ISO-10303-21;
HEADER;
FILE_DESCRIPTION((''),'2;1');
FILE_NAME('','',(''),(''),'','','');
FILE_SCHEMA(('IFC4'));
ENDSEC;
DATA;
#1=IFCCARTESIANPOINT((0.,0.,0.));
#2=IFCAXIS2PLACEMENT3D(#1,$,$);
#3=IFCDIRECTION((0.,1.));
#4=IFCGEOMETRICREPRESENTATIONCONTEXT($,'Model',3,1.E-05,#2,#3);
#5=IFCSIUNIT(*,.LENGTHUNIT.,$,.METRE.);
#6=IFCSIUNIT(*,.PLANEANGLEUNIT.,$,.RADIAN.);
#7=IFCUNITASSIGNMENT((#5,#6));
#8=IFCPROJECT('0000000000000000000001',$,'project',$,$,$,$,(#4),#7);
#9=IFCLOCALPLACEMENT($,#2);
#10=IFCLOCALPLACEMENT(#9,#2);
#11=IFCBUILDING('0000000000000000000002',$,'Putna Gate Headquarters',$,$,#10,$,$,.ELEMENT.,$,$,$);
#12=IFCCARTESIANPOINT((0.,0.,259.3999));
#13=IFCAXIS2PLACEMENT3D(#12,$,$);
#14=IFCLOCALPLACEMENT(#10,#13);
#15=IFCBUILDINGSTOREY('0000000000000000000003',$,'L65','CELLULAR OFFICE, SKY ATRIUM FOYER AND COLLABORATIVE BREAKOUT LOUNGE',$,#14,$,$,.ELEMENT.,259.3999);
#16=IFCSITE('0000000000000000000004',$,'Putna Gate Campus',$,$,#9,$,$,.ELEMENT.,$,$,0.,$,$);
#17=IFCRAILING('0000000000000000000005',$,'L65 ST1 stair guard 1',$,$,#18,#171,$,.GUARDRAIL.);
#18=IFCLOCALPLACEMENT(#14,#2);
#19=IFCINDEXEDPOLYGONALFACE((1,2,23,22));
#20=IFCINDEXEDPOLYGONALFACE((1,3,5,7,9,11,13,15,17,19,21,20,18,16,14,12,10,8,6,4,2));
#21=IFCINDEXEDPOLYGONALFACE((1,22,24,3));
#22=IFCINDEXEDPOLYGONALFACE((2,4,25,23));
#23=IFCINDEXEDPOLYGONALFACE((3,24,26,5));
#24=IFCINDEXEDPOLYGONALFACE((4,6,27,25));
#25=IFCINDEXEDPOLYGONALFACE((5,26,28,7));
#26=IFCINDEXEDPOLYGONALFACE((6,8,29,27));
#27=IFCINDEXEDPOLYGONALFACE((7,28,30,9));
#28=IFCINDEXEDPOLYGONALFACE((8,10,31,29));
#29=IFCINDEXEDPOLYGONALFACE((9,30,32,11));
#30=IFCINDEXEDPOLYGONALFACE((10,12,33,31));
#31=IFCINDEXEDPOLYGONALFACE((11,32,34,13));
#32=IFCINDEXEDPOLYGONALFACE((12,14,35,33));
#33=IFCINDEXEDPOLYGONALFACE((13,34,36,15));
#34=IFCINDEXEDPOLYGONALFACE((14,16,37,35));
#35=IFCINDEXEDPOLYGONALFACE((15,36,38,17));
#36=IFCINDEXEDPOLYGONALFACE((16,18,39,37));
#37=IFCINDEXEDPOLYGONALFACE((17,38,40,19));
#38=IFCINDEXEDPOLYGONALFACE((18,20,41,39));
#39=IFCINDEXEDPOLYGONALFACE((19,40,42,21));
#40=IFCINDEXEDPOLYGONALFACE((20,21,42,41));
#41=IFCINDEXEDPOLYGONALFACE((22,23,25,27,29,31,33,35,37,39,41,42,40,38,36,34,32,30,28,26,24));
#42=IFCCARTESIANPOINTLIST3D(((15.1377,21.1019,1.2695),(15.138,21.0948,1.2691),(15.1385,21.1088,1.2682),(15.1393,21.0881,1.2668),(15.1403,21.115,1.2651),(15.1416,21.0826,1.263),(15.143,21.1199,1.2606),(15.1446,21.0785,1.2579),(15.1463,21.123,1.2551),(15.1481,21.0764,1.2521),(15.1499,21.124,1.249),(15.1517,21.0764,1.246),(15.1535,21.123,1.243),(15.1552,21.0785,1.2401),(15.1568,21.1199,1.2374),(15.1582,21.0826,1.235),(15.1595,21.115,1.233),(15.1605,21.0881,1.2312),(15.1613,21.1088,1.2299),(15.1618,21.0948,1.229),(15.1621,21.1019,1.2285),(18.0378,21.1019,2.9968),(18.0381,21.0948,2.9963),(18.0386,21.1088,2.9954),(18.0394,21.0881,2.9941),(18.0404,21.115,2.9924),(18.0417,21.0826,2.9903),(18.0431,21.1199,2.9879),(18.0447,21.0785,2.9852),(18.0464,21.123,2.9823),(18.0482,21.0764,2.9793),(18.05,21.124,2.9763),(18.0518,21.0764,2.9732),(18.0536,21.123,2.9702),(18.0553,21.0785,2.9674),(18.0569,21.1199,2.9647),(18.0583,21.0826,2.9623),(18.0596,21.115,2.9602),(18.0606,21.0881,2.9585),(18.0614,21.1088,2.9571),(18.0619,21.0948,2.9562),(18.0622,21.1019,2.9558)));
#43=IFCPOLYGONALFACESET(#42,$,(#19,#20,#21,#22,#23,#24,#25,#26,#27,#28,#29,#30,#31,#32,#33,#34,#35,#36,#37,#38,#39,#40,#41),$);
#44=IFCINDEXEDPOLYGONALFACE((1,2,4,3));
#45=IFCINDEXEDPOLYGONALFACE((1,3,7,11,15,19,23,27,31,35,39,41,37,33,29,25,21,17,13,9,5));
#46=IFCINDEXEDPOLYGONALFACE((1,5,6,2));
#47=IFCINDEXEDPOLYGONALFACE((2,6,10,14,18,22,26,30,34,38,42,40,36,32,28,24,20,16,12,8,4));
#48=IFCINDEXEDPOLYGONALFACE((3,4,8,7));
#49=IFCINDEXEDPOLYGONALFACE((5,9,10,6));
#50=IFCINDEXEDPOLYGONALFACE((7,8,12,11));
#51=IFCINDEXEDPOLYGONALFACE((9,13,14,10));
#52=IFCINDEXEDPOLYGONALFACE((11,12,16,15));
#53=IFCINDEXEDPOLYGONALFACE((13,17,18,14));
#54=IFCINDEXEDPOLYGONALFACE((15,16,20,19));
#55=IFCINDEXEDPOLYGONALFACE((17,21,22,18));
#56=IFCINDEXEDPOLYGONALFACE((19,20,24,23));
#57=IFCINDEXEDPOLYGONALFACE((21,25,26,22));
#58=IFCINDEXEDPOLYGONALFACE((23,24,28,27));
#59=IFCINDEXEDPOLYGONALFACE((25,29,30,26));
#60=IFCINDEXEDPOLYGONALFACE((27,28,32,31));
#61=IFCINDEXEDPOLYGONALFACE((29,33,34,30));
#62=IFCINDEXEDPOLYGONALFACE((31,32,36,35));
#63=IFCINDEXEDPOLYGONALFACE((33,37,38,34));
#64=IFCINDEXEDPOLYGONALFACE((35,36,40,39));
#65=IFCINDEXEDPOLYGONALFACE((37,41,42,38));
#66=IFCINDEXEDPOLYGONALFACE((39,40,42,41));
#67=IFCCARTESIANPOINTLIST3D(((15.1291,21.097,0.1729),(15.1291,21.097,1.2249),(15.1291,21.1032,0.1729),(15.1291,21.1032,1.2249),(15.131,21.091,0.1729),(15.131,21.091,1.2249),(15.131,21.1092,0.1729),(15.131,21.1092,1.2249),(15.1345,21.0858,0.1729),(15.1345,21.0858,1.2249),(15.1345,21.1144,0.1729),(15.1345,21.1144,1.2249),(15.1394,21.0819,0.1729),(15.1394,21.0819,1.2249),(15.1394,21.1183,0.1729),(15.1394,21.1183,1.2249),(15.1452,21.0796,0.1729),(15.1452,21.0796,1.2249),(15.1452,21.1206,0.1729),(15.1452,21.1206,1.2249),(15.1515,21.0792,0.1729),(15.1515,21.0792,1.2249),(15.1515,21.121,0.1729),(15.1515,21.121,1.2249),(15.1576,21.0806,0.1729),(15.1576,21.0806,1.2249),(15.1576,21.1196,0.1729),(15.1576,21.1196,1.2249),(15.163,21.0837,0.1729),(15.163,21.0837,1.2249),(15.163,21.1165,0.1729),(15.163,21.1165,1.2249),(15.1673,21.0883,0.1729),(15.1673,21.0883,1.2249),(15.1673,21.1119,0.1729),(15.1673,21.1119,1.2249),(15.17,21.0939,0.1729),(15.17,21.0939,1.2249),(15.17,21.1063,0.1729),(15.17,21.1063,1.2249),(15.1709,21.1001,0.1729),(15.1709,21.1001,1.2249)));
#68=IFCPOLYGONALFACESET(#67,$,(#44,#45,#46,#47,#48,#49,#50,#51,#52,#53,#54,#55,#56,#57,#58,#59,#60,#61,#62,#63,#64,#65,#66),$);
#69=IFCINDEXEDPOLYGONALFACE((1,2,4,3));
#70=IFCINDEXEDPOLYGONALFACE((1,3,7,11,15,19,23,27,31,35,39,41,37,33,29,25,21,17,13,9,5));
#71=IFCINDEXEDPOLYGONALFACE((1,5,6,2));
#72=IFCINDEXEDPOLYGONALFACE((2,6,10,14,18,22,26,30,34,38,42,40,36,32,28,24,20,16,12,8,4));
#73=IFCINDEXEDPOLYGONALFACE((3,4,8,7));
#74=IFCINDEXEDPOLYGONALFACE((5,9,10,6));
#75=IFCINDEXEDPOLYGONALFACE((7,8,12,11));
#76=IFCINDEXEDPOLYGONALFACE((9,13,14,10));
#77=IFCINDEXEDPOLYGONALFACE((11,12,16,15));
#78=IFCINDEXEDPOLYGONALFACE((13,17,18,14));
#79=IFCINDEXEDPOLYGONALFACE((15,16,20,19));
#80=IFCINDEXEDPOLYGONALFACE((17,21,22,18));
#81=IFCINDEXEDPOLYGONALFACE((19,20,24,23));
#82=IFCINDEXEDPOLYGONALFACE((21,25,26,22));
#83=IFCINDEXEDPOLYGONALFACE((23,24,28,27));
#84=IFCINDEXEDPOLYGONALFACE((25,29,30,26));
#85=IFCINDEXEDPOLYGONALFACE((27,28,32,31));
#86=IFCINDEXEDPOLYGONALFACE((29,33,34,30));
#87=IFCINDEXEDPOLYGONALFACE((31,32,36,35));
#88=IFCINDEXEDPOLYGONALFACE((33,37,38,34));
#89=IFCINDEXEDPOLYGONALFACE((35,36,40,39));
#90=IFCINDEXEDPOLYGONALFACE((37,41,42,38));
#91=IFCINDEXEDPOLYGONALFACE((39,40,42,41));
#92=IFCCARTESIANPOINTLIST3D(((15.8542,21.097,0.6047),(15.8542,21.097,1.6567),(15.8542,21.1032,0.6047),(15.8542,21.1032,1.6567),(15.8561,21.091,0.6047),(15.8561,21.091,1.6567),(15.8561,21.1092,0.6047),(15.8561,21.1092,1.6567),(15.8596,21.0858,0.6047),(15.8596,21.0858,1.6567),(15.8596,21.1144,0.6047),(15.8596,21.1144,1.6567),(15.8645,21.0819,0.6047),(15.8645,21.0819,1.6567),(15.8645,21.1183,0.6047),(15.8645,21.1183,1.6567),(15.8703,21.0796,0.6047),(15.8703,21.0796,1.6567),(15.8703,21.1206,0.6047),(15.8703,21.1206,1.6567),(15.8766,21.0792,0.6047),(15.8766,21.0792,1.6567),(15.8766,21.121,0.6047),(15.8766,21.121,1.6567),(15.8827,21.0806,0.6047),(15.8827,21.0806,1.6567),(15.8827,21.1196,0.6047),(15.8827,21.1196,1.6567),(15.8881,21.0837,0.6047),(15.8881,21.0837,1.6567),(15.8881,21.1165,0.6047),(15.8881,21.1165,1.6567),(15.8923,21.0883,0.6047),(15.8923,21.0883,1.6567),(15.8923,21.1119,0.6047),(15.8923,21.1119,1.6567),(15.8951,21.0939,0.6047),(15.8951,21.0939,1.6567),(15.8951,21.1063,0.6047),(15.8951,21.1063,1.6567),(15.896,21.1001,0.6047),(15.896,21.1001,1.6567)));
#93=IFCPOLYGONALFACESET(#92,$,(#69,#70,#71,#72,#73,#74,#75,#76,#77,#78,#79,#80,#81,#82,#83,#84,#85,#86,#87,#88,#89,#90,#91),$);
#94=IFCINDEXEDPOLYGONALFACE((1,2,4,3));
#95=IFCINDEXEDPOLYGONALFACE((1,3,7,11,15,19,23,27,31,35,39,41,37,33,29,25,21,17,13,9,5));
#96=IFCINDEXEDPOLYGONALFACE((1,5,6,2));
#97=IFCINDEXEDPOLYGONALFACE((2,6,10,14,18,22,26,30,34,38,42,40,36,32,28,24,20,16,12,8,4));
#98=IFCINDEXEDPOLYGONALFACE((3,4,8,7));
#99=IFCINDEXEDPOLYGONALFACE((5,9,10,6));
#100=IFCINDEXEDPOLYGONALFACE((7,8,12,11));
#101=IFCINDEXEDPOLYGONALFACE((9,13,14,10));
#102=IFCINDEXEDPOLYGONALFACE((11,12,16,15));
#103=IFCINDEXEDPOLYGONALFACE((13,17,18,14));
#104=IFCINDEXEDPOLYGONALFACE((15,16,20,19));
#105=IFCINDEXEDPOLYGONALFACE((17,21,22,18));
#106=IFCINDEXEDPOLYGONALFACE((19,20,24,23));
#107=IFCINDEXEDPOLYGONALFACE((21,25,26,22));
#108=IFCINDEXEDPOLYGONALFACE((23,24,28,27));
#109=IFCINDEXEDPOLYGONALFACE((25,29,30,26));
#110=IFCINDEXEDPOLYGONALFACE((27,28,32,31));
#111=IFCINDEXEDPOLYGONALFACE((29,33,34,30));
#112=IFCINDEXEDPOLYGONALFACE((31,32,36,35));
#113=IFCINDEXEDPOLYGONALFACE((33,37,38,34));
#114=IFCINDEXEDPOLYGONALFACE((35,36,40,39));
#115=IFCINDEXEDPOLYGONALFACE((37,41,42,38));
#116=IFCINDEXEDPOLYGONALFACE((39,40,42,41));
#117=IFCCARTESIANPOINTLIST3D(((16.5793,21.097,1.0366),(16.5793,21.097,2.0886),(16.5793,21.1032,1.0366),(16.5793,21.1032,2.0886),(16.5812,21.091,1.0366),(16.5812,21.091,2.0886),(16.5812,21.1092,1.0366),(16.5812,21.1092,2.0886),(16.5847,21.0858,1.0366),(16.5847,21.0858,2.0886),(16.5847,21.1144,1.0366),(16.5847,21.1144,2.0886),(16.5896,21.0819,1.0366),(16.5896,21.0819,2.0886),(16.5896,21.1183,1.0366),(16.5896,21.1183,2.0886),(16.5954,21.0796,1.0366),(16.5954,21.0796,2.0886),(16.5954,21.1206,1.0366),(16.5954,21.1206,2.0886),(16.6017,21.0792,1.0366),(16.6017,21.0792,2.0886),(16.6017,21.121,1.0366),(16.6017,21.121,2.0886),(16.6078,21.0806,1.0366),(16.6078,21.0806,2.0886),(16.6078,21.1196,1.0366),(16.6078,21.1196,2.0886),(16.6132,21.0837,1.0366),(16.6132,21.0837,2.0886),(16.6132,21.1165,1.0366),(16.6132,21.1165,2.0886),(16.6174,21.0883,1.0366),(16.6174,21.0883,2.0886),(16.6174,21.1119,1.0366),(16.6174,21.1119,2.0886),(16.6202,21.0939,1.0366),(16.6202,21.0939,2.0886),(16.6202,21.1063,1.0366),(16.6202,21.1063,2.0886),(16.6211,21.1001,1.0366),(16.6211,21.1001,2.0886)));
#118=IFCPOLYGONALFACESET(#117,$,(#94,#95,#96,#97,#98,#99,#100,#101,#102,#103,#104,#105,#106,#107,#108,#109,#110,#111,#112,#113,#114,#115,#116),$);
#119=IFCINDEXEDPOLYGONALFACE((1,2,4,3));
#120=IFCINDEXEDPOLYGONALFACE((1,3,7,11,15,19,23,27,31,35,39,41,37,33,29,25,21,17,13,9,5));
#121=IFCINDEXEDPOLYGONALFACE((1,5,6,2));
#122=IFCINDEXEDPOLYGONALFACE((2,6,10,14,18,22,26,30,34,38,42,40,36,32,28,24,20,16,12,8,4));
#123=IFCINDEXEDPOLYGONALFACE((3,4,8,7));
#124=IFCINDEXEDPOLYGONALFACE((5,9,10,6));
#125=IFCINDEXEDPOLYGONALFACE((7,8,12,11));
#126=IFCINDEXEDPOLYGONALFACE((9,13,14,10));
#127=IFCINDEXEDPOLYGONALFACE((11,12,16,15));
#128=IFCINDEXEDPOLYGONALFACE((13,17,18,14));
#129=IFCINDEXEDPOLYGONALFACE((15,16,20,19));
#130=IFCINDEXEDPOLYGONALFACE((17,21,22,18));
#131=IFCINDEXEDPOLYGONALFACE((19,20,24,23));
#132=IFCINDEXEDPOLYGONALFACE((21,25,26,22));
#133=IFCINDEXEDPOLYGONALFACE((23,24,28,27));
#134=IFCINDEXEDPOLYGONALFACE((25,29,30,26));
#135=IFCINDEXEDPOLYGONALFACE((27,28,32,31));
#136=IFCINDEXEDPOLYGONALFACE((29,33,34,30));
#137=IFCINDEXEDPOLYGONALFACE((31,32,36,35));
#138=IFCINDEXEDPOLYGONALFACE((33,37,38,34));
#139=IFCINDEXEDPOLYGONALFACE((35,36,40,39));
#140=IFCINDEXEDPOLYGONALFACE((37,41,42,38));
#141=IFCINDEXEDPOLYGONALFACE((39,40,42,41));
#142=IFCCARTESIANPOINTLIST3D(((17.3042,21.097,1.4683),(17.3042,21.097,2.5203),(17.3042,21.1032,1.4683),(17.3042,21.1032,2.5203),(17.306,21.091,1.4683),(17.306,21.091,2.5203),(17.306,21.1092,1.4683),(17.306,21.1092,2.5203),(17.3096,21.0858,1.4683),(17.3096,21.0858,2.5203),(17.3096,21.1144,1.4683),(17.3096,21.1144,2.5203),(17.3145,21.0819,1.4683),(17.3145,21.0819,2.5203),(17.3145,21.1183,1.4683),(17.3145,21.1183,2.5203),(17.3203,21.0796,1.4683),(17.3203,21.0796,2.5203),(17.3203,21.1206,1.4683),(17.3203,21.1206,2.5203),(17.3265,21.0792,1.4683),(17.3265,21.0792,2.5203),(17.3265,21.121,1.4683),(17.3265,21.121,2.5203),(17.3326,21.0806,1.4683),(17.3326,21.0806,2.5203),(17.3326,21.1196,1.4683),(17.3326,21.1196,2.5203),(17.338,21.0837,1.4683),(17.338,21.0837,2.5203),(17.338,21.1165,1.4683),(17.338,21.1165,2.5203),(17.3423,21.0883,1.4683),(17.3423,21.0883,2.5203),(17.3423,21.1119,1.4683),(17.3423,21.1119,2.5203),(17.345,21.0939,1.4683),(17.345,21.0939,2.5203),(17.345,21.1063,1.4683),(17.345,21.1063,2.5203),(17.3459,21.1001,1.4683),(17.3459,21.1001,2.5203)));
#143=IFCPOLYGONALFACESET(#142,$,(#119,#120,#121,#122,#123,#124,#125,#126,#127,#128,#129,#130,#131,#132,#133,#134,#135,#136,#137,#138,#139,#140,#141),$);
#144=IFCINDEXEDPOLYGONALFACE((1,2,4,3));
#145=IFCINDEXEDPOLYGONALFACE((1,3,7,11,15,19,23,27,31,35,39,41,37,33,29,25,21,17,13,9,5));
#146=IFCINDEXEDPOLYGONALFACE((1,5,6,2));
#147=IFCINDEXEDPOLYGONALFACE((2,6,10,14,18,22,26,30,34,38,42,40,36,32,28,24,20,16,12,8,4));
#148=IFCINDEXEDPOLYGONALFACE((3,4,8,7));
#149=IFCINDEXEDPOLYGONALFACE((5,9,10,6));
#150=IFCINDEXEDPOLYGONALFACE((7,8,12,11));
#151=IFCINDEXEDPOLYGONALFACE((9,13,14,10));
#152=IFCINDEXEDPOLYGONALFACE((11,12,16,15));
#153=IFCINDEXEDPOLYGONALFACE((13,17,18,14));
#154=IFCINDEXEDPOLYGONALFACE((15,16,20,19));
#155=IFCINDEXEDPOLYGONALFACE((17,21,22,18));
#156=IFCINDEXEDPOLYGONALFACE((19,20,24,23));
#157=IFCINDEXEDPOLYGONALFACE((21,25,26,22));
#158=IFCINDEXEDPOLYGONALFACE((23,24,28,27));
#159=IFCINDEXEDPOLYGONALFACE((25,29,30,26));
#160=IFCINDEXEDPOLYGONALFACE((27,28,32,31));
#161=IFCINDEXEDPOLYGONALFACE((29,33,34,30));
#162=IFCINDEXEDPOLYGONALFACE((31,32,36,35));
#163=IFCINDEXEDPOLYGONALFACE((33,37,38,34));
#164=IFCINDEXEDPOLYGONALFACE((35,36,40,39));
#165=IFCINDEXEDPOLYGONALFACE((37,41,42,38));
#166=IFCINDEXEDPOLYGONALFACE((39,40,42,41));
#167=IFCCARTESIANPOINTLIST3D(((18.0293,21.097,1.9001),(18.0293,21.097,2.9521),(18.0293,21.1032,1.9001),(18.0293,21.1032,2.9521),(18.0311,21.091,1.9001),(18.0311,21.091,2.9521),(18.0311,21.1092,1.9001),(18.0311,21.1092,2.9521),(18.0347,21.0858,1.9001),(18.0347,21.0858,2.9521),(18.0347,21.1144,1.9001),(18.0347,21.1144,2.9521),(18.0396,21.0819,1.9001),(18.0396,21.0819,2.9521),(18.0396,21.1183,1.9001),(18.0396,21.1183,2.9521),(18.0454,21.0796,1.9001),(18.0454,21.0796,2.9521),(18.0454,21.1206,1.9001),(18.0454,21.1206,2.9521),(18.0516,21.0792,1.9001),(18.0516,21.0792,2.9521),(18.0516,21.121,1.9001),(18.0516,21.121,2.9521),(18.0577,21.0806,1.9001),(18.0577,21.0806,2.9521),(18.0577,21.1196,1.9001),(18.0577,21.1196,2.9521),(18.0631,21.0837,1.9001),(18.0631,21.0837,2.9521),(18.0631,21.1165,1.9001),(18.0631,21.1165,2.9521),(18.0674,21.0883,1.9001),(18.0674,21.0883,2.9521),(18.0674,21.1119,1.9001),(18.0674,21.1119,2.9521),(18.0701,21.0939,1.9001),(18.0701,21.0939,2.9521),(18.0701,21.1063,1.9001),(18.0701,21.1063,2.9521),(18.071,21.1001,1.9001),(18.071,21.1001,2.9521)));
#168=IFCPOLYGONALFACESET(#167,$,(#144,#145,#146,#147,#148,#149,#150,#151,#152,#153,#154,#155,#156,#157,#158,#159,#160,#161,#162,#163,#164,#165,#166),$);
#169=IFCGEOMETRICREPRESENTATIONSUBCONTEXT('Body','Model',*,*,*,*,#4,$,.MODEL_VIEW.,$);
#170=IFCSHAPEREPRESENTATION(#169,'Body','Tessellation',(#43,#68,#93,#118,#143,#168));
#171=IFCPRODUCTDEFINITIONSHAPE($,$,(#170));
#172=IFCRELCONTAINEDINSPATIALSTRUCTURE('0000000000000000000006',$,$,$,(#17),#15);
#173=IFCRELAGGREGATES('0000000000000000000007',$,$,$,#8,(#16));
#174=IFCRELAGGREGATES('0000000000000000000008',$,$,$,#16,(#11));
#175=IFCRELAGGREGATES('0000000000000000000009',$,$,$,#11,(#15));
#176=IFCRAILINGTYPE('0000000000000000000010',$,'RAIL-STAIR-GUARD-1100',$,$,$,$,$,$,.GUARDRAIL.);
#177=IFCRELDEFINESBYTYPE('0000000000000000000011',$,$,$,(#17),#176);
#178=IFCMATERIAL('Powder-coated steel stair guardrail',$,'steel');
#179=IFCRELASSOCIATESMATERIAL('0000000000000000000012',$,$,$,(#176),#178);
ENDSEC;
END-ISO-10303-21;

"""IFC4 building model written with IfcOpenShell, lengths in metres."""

from ifc_helpers import new_model, si_unit, direction, frame, origin, origin_2d, place, context, subcontext, project, spatial, circle, extrude, material, type_object, element, save


model = new_model("IFC4")

# Units and contexts
model_context = context("Model", 3, precision=1e-05, world=origin(), true_north=direction((0.0, 1.0)))
body_context = subcontext(model_context, "Body", "Model", "MODEL_VIEW")
ifc_project = project(units=[si_unit("LENGTHUNIT", "METRE"), si_unit("PLANEANGLEUNIT", "RADIAN")], contexts=[model_context])

# Site, building, storey
site_placement = place(None, origin())
site = spatial("IfcSite", under=ifc_project, at=site_placement, Name="Putna Gate Campus", CompositionType="ELEMENT", RefElevation=0.0)
building_placement = place(site_placement, origin())
building = spatial("IfcBuilding", under=site, at=building_placement, Name="Putna Gate Headquarters", CompositionType="ELEMENT")
storey_placement = place(building_placement, frame((0.0, 0.0, 259.3999)))
storey = spatial("IfcBuildingStorey", under=building, at=storey_placement, Name="L65", Description="CELLULAR OFFICE, SKY ATRIUM FOYER AND COLLABORATIVE BREAKOUT LOUNGE", CompositionType="ELEMENT", Elevation=259.3999)

# Railing
ifc_material_1 = material(Name="Powder-coated steel stair guardrail", Category="steel")
railing_type_1 = type_object("IfcRailingType", Name="RAIL-STAIR-GUARD-1100", PredefinedType="GUARDRAIL", material=ifc_material_1)
railing_1_placement = place(storey_placement, frame((15.1499, 21.1001, 0.1729)))
element("IfcRailing", 1, at=railing_1_placement, inside=storey, type_object=railing_type_1, Name="L65 ST1 stair guard 1", PredefinedType="GUARDRAIL", context=body_context, shape_type="SweptSolid", body=[
    extrude(circle(Radius=0.0239, at=origin_2d()), frame((0.0, 0.0, 1.0762), z_axis=(0.85916, 0.0, 0.511706), x_axis=(0.0, 1.0, 0.0)), (0.0, 0.0, 1.0), 3.3755),
    extrude(circle(Radius=0.021, at=origin_2d()), origin(), (0.0, 0.0, 1.0), 1.052),
    extrude(circle(Radius=0.021, at=origin_2d()), frame((0.7251, 0.0, 0.4319)), (0.0, 0.0, 1.0), 1.052),
    extrude(circle(Radius=0.021, at=origin_2d()), frame((1.4502, 0.0, 0.8638)), (0.0, 0.0, 1.0), 1.052),
    extrude(circle(Radius=0.021, at=origin_2d()), frame((2.175, 0.0, 1.2954)), (0.0, 0.0, 1.0), 1.052),
    extrude(circle(Radius=0.021, at=origin_2d()), frame((2.9001, 0.0, 1.7273)), (0.0, 0.0, 1.0), 1.052),
])

save(model, "model.ifc")
